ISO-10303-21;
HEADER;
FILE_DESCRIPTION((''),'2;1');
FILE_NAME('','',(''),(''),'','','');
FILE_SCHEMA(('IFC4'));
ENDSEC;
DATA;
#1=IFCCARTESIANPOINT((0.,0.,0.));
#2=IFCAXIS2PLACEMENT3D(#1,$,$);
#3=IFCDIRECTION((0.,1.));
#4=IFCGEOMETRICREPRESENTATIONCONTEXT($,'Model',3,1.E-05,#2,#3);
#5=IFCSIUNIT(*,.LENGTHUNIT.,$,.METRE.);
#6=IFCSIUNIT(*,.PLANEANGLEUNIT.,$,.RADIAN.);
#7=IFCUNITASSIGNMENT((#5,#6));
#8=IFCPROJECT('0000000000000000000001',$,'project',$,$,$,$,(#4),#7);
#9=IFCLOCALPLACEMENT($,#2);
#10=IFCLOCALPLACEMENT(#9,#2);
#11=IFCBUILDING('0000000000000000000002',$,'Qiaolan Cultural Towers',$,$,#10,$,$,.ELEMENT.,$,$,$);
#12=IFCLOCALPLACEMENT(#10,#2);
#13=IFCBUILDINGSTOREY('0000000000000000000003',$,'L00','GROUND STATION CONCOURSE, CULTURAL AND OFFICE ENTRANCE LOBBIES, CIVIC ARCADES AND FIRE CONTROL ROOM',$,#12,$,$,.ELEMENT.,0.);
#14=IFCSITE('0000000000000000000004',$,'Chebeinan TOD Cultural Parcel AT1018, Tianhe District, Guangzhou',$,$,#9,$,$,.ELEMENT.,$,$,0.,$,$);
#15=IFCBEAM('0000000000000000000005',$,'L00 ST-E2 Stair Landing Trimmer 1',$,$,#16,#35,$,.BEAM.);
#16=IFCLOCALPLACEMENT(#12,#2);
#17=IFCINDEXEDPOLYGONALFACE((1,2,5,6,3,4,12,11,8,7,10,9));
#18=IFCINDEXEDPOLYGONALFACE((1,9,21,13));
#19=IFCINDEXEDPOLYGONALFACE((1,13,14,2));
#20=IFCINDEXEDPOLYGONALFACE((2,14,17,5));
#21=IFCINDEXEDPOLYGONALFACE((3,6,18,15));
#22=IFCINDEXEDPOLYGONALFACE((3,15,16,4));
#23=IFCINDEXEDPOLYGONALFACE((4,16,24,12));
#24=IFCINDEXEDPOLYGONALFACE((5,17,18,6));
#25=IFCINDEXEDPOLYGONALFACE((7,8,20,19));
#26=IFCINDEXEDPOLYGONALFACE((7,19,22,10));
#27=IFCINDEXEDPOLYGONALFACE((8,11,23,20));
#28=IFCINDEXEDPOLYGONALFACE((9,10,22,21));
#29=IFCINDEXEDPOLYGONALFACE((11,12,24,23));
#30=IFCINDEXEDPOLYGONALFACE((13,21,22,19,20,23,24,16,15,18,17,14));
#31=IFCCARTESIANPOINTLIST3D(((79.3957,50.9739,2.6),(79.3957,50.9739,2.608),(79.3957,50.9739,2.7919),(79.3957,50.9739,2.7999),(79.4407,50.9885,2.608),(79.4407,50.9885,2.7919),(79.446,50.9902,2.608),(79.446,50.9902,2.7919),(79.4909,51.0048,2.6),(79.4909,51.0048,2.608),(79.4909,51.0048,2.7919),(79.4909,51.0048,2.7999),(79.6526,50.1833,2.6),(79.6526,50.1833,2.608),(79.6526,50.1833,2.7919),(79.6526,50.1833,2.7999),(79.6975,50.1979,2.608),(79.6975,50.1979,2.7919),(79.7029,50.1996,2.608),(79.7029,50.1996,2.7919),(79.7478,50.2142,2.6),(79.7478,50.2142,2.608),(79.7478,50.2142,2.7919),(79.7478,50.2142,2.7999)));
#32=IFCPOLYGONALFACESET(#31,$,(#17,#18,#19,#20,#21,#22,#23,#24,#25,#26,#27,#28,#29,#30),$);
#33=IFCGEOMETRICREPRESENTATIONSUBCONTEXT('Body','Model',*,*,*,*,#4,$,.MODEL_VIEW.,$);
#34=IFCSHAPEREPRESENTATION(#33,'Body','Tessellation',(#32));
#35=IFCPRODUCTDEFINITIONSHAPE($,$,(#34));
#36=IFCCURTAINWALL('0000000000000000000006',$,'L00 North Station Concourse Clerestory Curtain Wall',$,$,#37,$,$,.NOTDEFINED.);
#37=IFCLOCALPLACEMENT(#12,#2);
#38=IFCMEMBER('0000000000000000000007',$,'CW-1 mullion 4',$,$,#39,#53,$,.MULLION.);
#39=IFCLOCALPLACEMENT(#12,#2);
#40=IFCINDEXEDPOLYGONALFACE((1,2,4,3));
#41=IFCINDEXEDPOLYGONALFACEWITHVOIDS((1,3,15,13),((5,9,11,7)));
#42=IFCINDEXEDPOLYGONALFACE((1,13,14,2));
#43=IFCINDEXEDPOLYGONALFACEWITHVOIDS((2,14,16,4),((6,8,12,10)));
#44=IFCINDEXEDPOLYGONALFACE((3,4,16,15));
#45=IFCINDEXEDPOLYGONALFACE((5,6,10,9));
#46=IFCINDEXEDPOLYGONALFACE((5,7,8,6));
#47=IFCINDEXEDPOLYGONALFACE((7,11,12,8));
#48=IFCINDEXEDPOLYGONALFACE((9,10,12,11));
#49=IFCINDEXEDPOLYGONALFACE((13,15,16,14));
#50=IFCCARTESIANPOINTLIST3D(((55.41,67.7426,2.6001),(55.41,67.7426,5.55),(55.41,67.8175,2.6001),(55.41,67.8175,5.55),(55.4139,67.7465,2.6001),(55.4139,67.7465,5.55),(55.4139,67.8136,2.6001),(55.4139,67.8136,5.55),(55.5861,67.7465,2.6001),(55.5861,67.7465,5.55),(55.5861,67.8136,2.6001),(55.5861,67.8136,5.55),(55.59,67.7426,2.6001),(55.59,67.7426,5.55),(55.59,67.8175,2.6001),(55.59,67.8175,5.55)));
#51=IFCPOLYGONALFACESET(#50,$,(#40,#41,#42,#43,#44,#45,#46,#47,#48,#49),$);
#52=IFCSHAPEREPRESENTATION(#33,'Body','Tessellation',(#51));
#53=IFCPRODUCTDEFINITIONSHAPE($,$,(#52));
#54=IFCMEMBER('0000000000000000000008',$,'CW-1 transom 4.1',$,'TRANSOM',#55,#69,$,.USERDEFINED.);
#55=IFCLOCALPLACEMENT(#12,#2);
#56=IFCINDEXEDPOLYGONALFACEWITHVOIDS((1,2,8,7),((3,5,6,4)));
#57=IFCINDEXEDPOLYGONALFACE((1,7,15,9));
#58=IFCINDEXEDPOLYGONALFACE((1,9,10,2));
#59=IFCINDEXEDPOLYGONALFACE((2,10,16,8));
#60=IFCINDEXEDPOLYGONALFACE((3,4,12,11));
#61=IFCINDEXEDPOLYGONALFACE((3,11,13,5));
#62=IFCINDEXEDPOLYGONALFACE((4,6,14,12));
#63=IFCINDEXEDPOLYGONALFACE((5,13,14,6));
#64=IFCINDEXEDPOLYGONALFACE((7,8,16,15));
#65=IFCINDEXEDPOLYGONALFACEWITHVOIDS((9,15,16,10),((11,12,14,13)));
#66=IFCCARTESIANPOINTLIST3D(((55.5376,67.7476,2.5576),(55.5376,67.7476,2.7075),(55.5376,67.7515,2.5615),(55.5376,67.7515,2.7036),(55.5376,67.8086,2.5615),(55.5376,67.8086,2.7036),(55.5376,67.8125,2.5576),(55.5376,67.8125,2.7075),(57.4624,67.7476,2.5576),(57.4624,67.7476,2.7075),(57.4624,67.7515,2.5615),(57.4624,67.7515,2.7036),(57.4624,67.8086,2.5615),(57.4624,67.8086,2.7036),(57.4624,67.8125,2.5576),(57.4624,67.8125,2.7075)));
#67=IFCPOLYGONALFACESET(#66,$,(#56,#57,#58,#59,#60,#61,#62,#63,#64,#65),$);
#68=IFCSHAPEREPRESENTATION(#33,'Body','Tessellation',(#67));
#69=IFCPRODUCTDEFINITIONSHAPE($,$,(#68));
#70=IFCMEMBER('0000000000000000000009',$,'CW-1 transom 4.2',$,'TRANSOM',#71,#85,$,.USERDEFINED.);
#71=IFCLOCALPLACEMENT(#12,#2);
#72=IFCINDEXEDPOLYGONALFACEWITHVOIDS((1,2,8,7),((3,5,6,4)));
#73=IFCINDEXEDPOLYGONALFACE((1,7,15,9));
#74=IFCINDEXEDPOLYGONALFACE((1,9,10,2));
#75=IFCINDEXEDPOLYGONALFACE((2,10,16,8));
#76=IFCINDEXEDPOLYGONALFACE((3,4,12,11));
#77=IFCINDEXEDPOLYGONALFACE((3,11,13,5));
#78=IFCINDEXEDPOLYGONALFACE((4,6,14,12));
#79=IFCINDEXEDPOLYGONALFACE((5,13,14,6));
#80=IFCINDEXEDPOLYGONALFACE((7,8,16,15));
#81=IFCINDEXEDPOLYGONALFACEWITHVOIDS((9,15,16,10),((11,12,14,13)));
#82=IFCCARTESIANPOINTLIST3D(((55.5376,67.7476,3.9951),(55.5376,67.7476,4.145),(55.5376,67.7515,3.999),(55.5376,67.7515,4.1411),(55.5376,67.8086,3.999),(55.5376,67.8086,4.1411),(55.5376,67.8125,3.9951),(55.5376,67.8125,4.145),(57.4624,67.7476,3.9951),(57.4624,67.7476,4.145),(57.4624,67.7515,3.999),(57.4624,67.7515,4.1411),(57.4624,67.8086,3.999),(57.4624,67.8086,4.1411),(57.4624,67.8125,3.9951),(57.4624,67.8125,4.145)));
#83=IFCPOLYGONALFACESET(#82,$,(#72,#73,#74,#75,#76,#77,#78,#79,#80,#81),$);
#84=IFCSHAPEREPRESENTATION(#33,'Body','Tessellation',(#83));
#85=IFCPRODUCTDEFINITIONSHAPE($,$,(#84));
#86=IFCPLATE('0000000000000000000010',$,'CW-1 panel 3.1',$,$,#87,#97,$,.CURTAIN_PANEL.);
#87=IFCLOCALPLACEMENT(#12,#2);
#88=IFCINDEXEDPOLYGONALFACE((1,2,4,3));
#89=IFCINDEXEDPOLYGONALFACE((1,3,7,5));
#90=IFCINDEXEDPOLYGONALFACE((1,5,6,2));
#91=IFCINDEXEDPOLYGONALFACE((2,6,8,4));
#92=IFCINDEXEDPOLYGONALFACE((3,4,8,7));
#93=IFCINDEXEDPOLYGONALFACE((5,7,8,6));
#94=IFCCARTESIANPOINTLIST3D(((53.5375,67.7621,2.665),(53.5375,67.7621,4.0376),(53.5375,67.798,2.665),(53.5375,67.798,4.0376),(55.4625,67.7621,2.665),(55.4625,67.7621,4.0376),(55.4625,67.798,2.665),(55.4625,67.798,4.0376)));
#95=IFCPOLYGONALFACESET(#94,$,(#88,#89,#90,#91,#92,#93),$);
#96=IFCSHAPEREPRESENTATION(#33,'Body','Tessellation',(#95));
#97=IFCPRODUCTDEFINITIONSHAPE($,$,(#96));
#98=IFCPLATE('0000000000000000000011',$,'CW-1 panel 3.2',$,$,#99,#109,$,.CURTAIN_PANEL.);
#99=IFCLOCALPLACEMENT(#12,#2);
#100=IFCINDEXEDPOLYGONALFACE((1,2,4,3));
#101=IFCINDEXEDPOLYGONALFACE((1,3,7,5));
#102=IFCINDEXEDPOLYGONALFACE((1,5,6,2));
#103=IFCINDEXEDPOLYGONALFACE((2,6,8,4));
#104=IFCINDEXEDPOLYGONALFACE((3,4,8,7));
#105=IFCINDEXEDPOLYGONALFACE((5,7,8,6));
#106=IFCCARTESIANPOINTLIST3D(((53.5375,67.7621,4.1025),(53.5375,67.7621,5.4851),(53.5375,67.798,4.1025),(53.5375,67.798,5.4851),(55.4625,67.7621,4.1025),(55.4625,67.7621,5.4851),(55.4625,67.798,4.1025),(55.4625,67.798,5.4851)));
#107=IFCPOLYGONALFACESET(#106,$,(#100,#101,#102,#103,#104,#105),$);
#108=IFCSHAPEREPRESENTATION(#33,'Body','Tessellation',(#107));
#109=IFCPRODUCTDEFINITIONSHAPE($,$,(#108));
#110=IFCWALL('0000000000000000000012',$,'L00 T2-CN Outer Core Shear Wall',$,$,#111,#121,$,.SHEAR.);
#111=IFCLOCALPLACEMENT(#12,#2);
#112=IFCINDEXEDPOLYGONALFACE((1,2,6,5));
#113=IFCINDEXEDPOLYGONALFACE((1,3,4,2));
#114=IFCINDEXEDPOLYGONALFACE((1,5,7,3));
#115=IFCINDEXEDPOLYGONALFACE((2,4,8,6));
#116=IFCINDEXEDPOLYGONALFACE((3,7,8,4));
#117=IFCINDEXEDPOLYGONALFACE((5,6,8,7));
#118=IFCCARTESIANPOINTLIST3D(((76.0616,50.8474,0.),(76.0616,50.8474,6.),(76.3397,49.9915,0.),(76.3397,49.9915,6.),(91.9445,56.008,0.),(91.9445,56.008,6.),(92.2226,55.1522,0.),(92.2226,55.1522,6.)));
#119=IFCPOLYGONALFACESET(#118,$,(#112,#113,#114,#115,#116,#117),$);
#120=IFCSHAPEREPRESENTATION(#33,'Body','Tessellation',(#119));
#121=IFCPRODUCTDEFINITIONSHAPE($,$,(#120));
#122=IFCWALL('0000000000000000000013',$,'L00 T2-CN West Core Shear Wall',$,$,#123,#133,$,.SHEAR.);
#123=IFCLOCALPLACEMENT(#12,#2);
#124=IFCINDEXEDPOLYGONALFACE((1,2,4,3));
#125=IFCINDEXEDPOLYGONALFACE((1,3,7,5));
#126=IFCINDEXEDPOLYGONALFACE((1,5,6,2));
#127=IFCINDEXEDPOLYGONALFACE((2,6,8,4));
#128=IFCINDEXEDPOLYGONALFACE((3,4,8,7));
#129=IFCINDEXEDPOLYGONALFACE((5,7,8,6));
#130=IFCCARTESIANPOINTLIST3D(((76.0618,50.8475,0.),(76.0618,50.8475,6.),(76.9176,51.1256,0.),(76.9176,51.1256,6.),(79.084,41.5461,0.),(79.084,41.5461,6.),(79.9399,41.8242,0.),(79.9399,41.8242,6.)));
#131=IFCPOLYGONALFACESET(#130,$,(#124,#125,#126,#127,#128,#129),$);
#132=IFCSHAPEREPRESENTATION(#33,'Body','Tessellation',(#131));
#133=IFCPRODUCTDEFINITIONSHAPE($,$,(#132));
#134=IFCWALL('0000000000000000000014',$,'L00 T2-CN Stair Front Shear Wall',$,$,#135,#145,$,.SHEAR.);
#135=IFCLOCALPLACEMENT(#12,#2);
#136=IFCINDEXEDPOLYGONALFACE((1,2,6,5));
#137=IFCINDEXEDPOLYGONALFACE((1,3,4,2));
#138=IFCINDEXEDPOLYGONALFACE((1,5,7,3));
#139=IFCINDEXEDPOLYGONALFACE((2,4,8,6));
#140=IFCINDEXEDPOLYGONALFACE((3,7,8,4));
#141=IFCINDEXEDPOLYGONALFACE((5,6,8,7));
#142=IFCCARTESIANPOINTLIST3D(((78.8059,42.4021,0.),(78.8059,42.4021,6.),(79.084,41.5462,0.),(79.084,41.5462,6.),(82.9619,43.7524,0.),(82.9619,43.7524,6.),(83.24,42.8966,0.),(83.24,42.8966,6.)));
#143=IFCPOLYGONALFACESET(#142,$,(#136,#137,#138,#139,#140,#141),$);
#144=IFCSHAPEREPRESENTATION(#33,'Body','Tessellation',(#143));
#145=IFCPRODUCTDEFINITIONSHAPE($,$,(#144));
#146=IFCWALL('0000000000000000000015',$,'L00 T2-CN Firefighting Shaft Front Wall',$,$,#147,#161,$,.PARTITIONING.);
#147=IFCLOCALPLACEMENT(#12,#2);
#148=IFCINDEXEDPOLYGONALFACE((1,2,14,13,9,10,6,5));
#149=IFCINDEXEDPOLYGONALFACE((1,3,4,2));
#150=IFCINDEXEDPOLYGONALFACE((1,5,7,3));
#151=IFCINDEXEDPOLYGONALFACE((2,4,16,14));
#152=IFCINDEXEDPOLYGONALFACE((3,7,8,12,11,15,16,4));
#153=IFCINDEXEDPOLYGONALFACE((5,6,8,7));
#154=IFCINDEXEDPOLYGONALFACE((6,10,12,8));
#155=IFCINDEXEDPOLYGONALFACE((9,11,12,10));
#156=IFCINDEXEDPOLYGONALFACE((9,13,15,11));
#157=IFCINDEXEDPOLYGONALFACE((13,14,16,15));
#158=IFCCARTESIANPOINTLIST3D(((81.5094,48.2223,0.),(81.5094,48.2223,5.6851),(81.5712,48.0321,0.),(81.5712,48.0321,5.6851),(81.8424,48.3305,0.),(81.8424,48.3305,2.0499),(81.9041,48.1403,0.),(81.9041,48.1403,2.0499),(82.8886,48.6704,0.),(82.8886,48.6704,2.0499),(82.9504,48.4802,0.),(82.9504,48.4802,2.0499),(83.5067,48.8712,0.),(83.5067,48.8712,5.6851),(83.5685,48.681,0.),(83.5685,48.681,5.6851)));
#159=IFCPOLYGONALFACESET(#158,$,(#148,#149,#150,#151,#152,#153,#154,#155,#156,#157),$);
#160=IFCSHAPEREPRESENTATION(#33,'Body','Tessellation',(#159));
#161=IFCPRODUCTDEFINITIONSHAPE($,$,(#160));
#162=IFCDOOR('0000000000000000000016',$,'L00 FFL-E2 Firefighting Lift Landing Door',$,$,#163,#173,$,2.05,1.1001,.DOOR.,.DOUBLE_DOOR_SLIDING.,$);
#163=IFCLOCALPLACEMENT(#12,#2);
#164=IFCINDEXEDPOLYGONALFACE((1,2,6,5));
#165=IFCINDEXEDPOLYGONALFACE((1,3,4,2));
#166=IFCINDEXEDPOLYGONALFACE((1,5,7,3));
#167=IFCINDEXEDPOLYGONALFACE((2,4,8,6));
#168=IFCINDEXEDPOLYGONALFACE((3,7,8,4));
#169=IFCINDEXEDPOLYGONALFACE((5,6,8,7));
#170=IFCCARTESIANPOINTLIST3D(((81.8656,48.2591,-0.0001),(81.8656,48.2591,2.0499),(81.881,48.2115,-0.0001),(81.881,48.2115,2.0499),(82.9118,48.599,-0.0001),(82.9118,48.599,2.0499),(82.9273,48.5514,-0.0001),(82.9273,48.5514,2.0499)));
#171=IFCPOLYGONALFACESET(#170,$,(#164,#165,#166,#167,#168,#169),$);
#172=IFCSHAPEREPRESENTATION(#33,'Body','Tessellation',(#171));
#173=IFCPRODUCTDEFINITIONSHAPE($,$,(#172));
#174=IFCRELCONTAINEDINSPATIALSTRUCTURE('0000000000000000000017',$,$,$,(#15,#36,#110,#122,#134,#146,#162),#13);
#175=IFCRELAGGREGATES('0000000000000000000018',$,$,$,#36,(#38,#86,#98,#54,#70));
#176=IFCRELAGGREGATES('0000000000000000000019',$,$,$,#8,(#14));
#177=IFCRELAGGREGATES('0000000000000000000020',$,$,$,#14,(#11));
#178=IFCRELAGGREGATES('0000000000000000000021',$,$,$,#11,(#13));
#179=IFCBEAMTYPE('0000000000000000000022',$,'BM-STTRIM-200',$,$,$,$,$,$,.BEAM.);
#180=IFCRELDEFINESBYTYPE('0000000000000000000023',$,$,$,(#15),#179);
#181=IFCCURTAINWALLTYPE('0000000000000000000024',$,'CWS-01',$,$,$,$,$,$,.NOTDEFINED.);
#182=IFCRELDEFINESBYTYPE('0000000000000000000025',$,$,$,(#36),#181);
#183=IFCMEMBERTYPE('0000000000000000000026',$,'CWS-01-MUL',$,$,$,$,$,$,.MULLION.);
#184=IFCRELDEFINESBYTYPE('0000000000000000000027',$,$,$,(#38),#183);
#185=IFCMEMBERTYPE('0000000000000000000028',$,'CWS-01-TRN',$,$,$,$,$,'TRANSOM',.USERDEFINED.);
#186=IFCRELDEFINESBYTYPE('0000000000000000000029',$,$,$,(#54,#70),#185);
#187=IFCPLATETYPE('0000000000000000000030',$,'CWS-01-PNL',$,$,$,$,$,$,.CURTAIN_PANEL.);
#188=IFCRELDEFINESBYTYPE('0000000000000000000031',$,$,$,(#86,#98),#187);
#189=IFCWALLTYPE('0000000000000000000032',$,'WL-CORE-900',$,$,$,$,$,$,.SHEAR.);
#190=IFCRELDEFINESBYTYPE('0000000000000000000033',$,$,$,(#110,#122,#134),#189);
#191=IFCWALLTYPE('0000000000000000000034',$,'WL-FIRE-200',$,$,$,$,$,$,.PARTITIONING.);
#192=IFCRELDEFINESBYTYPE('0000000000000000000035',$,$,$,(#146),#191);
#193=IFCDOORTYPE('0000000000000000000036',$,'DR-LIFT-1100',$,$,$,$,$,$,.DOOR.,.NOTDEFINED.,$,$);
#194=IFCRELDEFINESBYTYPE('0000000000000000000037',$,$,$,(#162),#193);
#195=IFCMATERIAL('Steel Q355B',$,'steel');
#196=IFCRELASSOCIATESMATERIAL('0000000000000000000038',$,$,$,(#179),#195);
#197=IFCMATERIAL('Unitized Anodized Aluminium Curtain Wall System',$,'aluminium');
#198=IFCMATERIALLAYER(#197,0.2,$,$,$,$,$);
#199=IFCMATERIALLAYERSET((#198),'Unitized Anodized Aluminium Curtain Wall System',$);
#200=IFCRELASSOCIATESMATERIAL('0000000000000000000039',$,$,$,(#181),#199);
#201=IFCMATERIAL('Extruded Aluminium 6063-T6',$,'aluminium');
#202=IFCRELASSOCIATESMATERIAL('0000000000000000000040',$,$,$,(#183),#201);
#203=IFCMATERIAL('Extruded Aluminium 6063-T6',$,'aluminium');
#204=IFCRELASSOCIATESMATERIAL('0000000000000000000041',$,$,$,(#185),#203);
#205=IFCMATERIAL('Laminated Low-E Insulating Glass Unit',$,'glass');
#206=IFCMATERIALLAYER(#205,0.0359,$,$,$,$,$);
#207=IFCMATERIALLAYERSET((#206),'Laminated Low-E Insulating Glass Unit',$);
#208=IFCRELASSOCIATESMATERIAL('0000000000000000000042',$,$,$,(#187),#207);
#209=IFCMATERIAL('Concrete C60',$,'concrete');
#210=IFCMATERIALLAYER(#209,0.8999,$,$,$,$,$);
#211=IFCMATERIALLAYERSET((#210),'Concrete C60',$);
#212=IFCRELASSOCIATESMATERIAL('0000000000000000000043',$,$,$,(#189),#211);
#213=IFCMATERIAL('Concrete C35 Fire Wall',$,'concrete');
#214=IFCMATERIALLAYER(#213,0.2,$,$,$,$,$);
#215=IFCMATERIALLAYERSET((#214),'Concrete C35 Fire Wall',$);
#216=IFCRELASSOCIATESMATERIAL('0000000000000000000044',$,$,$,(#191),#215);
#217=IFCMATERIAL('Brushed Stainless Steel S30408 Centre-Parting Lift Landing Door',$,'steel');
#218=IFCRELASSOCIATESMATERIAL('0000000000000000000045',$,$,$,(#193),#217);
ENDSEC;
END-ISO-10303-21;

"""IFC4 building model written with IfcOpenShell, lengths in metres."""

from ifc_helpers import new_model, si_unit, direction, frame, frame_2d, origin, origin_2d, place, context, subcontext, project, spatial, rectangle, hollow_rectangle, i_section, extrude, material, layer, layer_set, material_profile, profile_set, type_object, element, fill, aggregate, save


model = new_model("IFC4")

# Units and contexts
model_context = context("Model", 3, precision=1e-05, world=origin(), true_north=direction((0.0, 1.0)))
body_context = subcontext(model_context, "Body", "Model", "MODEL_VIEW")
ifc_project = project(units=[si_unit("LENGTHUNIT", "METRE"), si_unit("PLANEANGLEUNIT", "RADIAN")], contexts=[model_context])

# Site, building, storey
site_placement = place(None, origin())
site = spatial("IfcSite", under=ifc_project, at=site_placement, Name="Chebeinan TOD Cultural Parcel AT1018, Tianhe District, Guangzhou", CompositionType="ELEMENT", RefElevation=0.0)
building_placement = place(site_placement, origin())
building = spatial("IfcBuilding", under=site, at=building_placement, Name="Qiaolan Cultural Towers", CompositionType="ELEMENT")
storey_placement = place(building_placement, origin())
storey = spatial("IfcBuildingStorey", under=building, at=storey_placement, Name="L00", Description="GROUND STATION CONCOURSE, CULTURAL AND OFFICE ENTRANCE LOBBIES, CIVIC ARCADES AND FIRE CONTROL ROOM", CompositionType="ELEMENT", Elevation=0.0)

# Beam
ifc_material_1 = material(Name="Steel Q355B", Category="steel")
ifc_material_profile_1 = material_profile(ifc_material_1, i_section(OverallWidth=0.1001, OverallDepth=0.2, WebThickness=0.0056, FlangeThickness=0.0081, at=origin_2d()), Name="HN200x100x5.5x8")
ifc_profile_set_1 = profile_set([ifc_material_profile_1], Name="Steel Q355B")
beam_type = type_object("IfcBeamType", Name="BM-STTRIM-200", PredefinedType="BEAM", material=ifc_profile_set_1)
beam_1_placement = place(storey_placement, frame((79.7002, 50.1987, 2.7), z_axis=(-0.308993, 0.951064, 0.0), x_axis=(-0.951064, -0.308993, 0.0)))
element("IfcBeam", 1, at=beam_1_placement, inside=storey, type_object=beam_type, Name="L00 ST-E2 Stair Landing Trimmer 1", PredefinedType="BEAM", context=body_context, shape_type="SweptSolid", body=[
    extrude(i_section(OverallWidth=0.1001, OverallDepth=0.2, WebThickness=0.0056, FlangeThickness=0.0081, at=origin_2d()), origin(), (0.0, 0.0, 1.0), 0.8313),
])

# Curtain wall, members, plates
ifc_material_2 = material(Name="Unitized Anodized Aluminium Curtain Wall System", Category="aluminium")
ifc_layer_1 = layer(ifc_material_2, 0.2)
ifc_layer_set_1 = layer_set([ifc_layer_1], Name="Unitized Anodized Aluminium Curtain Wall System")
curtain_wall_type = type_object("IfcCurtainWallType", Name="CWS-01", PredefinedType="NOTDEFINED", material=ifc_layer_set_1)
curtain_wall_placement = place(storey_placement, origin())
curtain_wall = element("IfcCurtainWall", 2, at=curtain_wall_placement, inside=storey, type_object=curtain_wall_type, Name="L00 North Station Concourse Clerestory Curtain Wall", PredefinedType="NOTDEFINED")
ifc_material_3 = material(Name="Extruded Aluminium 6063-T6", Category="aluminium")
ifc_material_profile_2 = material_profile(ifc_material_3, hollow_rectangle(XDim=0.075, YDim=0.1799, WallThickness=0.0039, at=origin_2d()), Name="CWM-180x75x4")
ifc_profile_set_2 = profile_set([ifc_material_profile_2], Name="Extruded Aluminium 6063-T6")
member_type_1 = type_object("IfcMemberType", Name="CWS-01-MUL", PredefinedType="MULLION", material=ifc_profile_set_2)
member_1_placement = place(storey_placement, frame((55.5, 67.78, 2.6001), z_axis=(0.0, 0.0, 1.0), x_axis=(0.0, 1.0, 0.0)))
member_1 = element("IfcMember", 3, at=member_1_placement, type_object=member_type_1, Name="CW-1 mullion 4", PredefinedType="MULLION", context=body_context, shape_type="SweptSolid", body=[
    extrude(hollow_rectangle(XDim=0.075, YDim=0.1799, WallThickness=0.0039, at=origin_2d()), origin(), (0.0, 0.0, 1.0), 2.95),
])
ifc_material_4 = material(Name="Extruded Aluminium 6063-T6", Category="aluminium")
ifc_material_profile_3 = material_profile(ifc_material_4, hollow_rectangle(XDim=0.0649, YDim=0.1499, WallThickness=0.0039, at=origin_2d()), Name="CWT-150x65x4")
ifc_profile_set_3 = profile_set([ifc_material_profile_3], Name="Extruded Aluminium 6063-T6")
member_type_2 = type_object("IfcMemberType", Name="CWS-01-TRN", ElementType="TRANSOM", PredefinedType="USERDEFINED", material=ifc_profile_set_3)
member_2_placement = place(storey_placement, frame((55.5376, 67.78, 2.6326), z_axis=(1.0, 0.0, 0.0), x_axis=(0.0, 1.0, 0.0)))
member_2 = element("IfcMember", 4, at=member_2_placement, type_object=member_type_2, Name="CW-1 transom 4.1", ObjectType="TRANSOM", PredefinedType="USERDEFINED", context=body_context, shape_type="SweptSolid", body=[
    extrude(hollow_rectangle(XDim=0.0649, YDim=0.1499, WallThickness=0.0039, at=origin_2d()), origin(), (0.0, 0.0, 1.0), 1.9248),
])
member_3_placement = place(storey_placement, frame((55.5376, 67.78, 4.0701), z_axis=(1.0, 0.0, 0.0), x_axis=(0.0, 1.0, 0.0)))
member_3 = element("IfcMember", 5, at=member_3_placement, type_object=member_type_2, Name="CW-1 transom 4.2", ObjectType="TRANSOM", PredefinedType="USERDEFINED", context=body_context, shape_type="SweptSolid", body=[
    extrude(hollow_rectangle(XDim=0.0649, YDim=0.1499, WallThickness=0.0039, at=origin_2d()), origin(), (0.0, 0.0, 1.0), 1.9248),
])
ifc_material_5 = material(Name="Laminated Low-E Insulating Glass Unit", Category="glass")
ifc_layer_2 = layer(ifc_material_5, 0.0359)
ifc_layer_set_2 = layer_set([ifc_layer_2], Name="Laminated Low-E Insulating Glass Unit")
plate_type = type_object("IfcPlateType", Name="CWS-01-PNL", PredefinedType="CURTAIN_PANEL", material=ifc_layer_set_2)
plate_1_placement = place(storey_placement, frame((54.5, 67.78, 2.665), z_axis=(0.0, 0.0, 1.0), x_axis=(1.0, 0.0, 0.0)))
plate_1 = element("IfcPlate", 6, at=plate_1_placement, type_object=plate_type, Name="CW-1 panel 3.1", PredefinedType="CURTAIN_PANEL", context=body_context, shape_type="SweptSolid", body=[
    extrude(rectangle(XDim=1.925, YDim=0.0359, at=origin_2d()), origin(), (0.0, 0.0, 1.0), 1.3726),
])
plate_2_placement = place(storey_placement, frame((54.5, 67.78, 4.1025), z_axis=(0.0, 0.0, 1.0), x_axis=(1.0, 0.0, 0.0)))
plate_2 = element("IfcPlate", 7, at=plate_2_placement, type_object=plate_type, Name="CW-1 panel 3.2", PredefinedType="CURTAIN_PANEL", context=body_context, shape_type="SweptSolid", body=[
    extrude(rectangle(XDim=1.925, YDim=0.0359, at=origin_2d()), origin(), (0.0, 0.0, 1.0), 1.3826),
])
aggregate(curtain_wall, [member_1, plate_1, plate_2, member_2, member_3])

# Walls
ifc_material_6 = material(Name="Concrete C60", Category="concrete")
ifc_layer_3 = layer(ifc_material_6, 0.8999)
ifc_layer_set_3 = layer_set([ifc_layer_3], Name="Concrete C60")
wall_type_1 = type_object("IfcWallType", Name="WL-CORE-900", PredefinedType="SHEAR", material=ifc_layer_set_3)
wall_1_placement = place(storey_placement, frame((76.2007, 50.4194, 0.0), z_axis=(0.0, 0.0, 1.0), x_axis=(0.951056, 0.309017, 0.0)))
element("IfcWall", 8, at=wall_1_placement, inside=storey, type_object=wall_type_1, Name="L00 T2-CN Outer Core Shear Wall", PredefinedType="SHEAR", context=body_context, shape_type="SweptSolid", body=[
    extrude(rectangle(XDim=16.7002, YDim=0.8999, at=frame_2d((8.3501, 0.0))), origin(), (0.0, 0.0, 1.0), 6.0),
])
wall_2_placement = place(storey_placement, frame((79.512, 41.6851, 0.0), z_axis=(0.0, 0.0, 1.0), x_axis=(-0.309022, 0.951055, 0.0)))
element("IfcWall", 9, at=wall_2_placement, inside=storey, type_object=wall_type_1, Name="L00 T2-CN West Core Shear Wall", PredefinedType="SHEAR", context=body_context, shape_type="SweptSolid", body=[
    extrude(rectangle(XDim=9.78, YDim=0.8999, at=frame_2d((4.8901, 0.0))), origin(), (0.0, 0.0, 1.0), 6.0),
])
wall_3_placement = place(storey_placement, frame((78.9448, 41.9741, 0.0), z_axis=(0.0, 0.0, 1.0), x_axis=(0.951058, 0.309012, 0.0)))
element("IfcWall", 10, at=wall_3_placement, inside=storey, type_object=wall_type_1, Name="L00 T2-CN Stair Front Shear Wall", PredefinedType="SHEAR", context=body_context, shape_type="SweptSolid", body=[
    extrude(rectangle(XDim=4.3699, YDim=0.8999, at=frame_2d((2.1851, 0.0))), origin(), (0.0, 0.0, 1.0), 6.0),
])

# Wall, opening, door
ifc_material_7 = material(Name="Concrete C35 Fire Wall", Category="concrete")
ifc_layer_4 = layer(ifc_material_7, 0.2)
ifc_layer_set_4 = layer_set([ifc_layer_4], Name="Concrete C35 Fire Wall")
wall_type_2 = type_object("IfcWallType", Name="WL-FIRE-200", PredefinedType="PARTITIONING", material=ifc_layer_set_4)
wall_4_placement = place(storey_placement, frame((81.5403, 48.1272, 0.0), z_axis=(0.0, 0.0, 1.0), x_axis=(0.951062, 0.308999, 0.0)))
wall_4 = element("IfcWall", 11, at=wall_4_placement, inside=storey, type_object=wall_type_2, Name="L00 T2-CN Firefighting Shaft Front Wall", PredefinedType="PARTITIONING", context=body_context, shape_type="SweptSolid", body=[
    extrude(rectangle(XDim=2.1001, YDim=0.2, at=frame_2d((1.05, 0.0))), origin(), (0.0, 0.0, 1.0), 5.6851),
])
opening_placement = place(wall_4_placement, frame((0.3501, 0.0, 0.0)))
opening = element("IfcOpeningElement", 12, at=opening_placement, cuts=wall_4, PredefinedType="OPENING", context=body_context, shape_type="SweptSolid", body=[
    extrude(rectangle(XDim=1.1001, YDim=2.05, at=frame_2d((0.55, 1.0249))), frame((0.0, 0.1099, 0.0), z_axis=(0.0, -1.0, 0.0), x_axis=(1.0, 0.0, 0.0)), (0.0, 0.0, 1.0), 0.22),
])
ifc_material_8 = material(Name="Brushed Stainless Steel S30408 Centre-Parting Lift Landing Door", Category="steel")
door_type = type_object("IfcDoorType", Name="DR-LIFT-1100", OperationType="NOTDEFINED", PredefinedType="DOOR", material=ifc_material_8)
door_placement = place(opening_placement, origin())
door = element("IfcDoor", 13, at=door_placement, inside=storey, type_object=door_type, Name="L00 FFL-E2 Firefighting Lift Landing Door", OperationType="DOUBLE_DOOR_SLIDING", OverallHeight=2.05, OverallWidth=1.1001, PredefinedType="DOOR", context=body_context, shape_type="SweptSolid", body=[
    extrude(rectangle(XDim=1.1001, YDim=2.05, at=frame_2d((0.55, 1.0249))), frame((0.0, 0.0249, 0.0), z_axis=(0.0, -1.0, 0.0), x_axis=(1.0, 0.0, 0.0)), (0.0, 0.0, 1.0), 0.05),
])
fill(opening, door)

save(model, "model.ifc")
